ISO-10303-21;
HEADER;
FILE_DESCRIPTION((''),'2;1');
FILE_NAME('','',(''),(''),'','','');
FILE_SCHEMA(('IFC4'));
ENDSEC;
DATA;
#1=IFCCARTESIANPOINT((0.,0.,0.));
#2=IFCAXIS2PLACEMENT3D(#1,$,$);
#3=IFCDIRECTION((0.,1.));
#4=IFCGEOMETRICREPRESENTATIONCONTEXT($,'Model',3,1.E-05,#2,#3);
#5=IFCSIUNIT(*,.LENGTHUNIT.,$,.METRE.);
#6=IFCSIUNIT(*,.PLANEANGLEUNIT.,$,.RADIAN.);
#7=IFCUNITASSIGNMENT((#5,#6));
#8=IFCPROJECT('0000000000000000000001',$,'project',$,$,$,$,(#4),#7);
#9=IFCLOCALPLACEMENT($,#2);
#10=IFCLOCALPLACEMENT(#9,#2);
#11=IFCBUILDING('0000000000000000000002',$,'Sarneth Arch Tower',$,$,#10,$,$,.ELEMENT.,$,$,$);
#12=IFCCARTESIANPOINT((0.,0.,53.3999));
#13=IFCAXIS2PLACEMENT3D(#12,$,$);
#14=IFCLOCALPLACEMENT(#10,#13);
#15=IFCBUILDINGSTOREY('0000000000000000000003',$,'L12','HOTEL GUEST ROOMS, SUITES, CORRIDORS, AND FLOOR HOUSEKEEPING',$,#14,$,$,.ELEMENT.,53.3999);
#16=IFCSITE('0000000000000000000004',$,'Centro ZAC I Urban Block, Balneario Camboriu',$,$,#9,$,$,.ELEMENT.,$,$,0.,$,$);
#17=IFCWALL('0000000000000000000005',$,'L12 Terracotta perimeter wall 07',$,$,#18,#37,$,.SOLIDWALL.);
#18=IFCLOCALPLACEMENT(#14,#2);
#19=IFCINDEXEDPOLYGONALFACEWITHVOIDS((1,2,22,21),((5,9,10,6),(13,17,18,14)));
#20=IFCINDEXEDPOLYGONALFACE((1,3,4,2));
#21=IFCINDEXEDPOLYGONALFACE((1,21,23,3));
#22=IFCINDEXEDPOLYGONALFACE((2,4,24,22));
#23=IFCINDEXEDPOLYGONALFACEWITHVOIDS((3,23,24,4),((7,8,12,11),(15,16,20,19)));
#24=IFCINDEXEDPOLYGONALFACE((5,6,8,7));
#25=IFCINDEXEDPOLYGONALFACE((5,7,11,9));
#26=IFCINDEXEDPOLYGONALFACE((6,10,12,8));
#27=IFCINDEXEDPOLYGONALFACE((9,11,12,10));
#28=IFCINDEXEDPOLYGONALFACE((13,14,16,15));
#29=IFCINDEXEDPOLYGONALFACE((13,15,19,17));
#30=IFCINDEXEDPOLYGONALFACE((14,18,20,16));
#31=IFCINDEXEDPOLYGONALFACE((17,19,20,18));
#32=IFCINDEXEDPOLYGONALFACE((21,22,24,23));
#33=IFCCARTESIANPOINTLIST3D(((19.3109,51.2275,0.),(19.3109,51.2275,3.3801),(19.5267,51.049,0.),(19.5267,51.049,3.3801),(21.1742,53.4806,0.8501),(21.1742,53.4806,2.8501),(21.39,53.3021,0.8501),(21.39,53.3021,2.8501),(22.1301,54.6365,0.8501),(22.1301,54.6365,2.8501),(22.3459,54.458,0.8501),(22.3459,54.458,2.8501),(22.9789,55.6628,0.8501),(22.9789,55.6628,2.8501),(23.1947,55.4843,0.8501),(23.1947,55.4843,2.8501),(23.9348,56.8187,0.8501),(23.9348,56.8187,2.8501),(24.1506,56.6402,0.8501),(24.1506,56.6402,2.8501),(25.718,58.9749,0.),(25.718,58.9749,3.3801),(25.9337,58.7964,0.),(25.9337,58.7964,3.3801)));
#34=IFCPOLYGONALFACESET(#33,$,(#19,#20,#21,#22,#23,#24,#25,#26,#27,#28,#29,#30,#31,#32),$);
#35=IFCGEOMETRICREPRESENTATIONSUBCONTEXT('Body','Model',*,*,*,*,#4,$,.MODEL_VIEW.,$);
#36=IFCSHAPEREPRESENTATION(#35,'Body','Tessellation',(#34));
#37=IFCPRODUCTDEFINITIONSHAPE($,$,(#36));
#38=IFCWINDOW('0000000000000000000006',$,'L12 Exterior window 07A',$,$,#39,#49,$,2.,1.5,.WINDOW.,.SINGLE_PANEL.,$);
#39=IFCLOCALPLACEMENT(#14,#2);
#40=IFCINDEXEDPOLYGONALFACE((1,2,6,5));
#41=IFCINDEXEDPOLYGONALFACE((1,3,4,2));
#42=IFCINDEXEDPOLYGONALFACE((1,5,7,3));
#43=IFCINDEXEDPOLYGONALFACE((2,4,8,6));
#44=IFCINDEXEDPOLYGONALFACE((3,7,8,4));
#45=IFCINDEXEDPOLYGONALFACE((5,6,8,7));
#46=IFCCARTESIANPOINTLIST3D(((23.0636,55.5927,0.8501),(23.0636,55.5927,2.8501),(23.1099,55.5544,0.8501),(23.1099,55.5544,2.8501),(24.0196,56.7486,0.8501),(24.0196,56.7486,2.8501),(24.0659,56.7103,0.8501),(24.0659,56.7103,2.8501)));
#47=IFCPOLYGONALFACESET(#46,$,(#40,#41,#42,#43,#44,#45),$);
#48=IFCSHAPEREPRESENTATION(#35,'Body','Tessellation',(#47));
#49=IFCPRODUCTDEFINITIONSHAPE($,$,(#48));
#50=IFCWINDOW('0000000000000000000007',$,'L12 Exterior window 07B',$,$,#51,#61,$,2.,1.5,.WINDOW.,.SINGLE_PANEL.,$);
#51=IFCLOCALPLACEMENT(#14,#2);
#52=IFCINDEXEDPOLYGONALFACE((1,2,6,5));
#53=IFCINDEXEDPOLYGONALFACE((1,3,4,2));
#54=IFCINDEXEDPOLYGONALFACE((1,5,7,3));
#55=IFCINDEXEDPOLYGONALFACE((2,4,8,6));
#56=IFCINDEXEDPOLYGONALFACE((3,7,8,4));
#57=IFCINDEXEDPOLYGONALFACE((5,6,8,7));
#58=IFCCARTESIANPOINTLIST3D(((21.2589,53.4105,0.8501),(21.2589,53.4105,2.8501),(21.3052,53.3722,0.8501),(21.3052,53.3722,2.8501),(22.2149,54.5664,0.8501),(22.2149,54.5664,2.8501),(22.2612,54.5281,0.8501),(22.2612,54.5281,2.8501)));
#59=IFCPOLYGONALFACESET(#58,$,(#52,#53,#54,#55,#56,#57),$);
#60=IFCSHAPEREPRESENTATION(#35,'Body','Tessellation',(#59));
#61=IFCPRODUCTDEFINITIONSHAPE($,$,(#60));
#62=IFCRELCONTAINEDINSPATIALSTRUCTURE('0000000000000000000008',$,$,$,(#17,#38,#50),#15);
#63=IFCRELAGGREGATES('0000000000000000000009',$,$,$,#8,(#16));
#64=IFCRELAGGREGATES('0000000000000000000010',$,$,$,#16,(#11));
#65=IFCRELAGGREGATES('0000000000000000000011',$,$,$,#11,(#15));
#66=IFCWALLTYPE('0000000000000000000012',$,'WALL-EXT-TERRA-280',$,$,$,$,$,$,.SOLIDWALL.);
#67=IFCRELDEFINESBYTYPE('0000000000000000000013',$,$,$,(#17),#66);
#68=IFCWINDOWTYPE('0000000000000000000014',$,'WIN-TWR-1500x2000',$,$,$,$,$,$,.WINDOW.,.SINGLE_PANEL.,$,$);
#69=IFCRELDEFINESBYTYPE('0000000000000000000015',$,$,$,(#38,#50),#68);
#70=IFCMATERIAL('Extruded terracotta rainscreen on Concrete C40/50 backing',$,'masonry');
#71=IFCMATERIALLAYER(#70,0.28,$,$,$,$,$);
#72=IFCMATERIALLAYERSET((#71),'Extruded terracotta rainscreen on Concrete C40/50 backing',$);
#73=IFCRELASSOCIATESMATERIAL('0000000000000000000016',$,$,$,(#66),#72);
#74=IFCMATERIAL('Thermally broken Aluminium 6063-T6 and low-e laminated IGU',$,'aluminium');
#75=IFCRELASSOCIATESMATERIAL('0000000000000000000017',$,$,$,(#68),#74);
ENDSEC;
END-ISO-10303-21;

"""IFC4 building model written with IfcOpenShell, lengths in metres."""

from ifc_helpers import new_model, si_unit, direction, frame, frame_2d, origin, place, context, subcontext, project, spatial, rectangle, extrude, material, layer, layer_set, type_object, element, fill, save


model = new_model("IFC4")

# Units and contexts
model_context = context("Model", 3, precision=1e-05, world=origin(), true_north=direction((0.0, 1.0)))
body_context = subcontext(model_context, "Body", "Model", "MODEL_VIEW")
ifc_project = project(units=[si_unit("LENGTHUNIT", "METRE"), si_unit("PLANEANGLEUNIT", "RADIAN")], contexts=[model_context])

# Site, building, storey
site_placement = place(None, origin())
site = spatial("IfcSite", under=ifc_project, at=site_placement, Name="Centro ZAC I Urban Block, Balneario Camboriu", CompositionType="ELEMENT", RefElevation=0.0)
building_placement = place(site_placement, origin())
building = spatial("IfcBuilding", under=site, at=building_placement, Name="Sarneth Arch Tower", CompositionType="ELEMENT")
storey_placement = place(building_placement, frame((0.0, 0.0, 53.3999)))
storey = spatial("IfcBuildingStorey", under=building, at=storey_placement, Name="L12", Description="HOTEL GUEST ROOMS, SUITES, CORRIDORS, AND FLOOR HOUSEKEEPING", CompositionType="ELEMENT", Elevation=53.3999)

# Wall, openings, windows
ifc_material_1 = material(Name="Extruded terracotta rainscreen on Concrete C40/50 backing", Category="masonry")
ifc_layer_1 = layer(ifc_material_1, 0.28)
ifc_layer_set_1 = layer_set([ifc_layer_1], Name="Extruded terracotta rainscreen on Concrete C40/50 backing")
wall_type = type_object("IfcWallType", Name="WALL-EXT-TERRA-280", PredefinedType="SOLIDWALL", material=ifc_layer_set_1)
wall_placement = place(storey_placement, frame((25.8259, 58.8857, 0.0), z_axis=(0.0, 0.0, 1.0), x_axis=(-0.637297, -0.770618, 0.0)))
wall = element("IfcWall", 1, at=wall_placement, inside=storey, type_object=wall_type, Name="L12 Terracotta perimeter wall 07", PredefinedType="SOLIDWALL", context=body_context, shape_type="SweptSolid", body=[
    extrude(rectangle(XDim=10.0535, YDim=0.28, at=frame_2d((5.0269, 0.0))), origin(), (0.0, 0.0, 1.0), 3.3801),
])
opening_1_placement = place(wall_placement, frame((2.7981, 0.0, 0.8501)))
opening_1 = element("IfcOpeningElement", 2, at=opening_1_placement, cuts=wall, PredefinedType="OPENING", context=body_context, shape_type="SweptSolid", body=[
    extrude(rectangle(XDim=1.5, YDim=2.0, at=frame_2d((0.75, 1.0))), frame((0.0, 0.1499, 0.0), z_axis=(0.0, -1.0, 0.0), x_axis=(1.0, 0.0, 0.0)), (0.0, 0.0, 1.0), 0.3),
])
opening_2_placement = place(wall_placement, frame((5.6299, 0.0, 0.8501)))
opening_2 = element("IfcOpeningElement", 3, at=opening_2_placement, cuts=wall, PredefinedType="OPENING", context=body_context, shape_type="SweptSolid", body=[
    extrude(rectangle(XDim=1.5, YDim=2.0, at=frame_2d((0.75, 1.0))), frame((0.0, 0.1499, 0.0), z_axis=(0.0, -1.0, 0.0), x_axis=(1.0, 0.0, 0.0)), (0.0, 0.0, 1.0), 0.3),
])
ifc_material_2 = material(Name="Thermally broken Aluminium 6063-T6 and low-e laminated IGU", Category="aluminium")
window_type = type_object("IfcWindowType", Name="WIN-TWR-1500x2000", PartitioningType="SINGLE_PANEL", PredefinedType="WINDOW", material=ifc_material_2)
window_1_placement = place(opening_1_placement, origin())
window_1 = element("IfcWindow", 4, at=window_1_placement, inside=storey, type_object=window_type, Name="L12 Exterior window 07A", OverallHeight=2.0, OverallWidth=1.5, PartitioningType="SINGLE_PANEL", PredefinedType="WINDOW", context=body_context, shape_type="SweptSolid", body=[
    extrude(rectangle(XDim=1.5, YDim=2.0, at=frame_2d((0.75, 1.0))), frame((0.0, 0.03, 0.0), z_axis=(0.0, -1.0, 0.0), x_axis=(1.0, 0.0, 0.0)), (0.0, 0.0, 1.0), 0.0601),
])
fill(opening_1, window_1)
window_2_placement = place(opening_2_placement, origin())
window_2 = element("IfcWindow", 5, at=window_2_placement, inside=storey, type_object=window_type, Name="L12 Exterior window 07B", OverallHeight=2.0, OverallWidth=1.5, PartitioningType="SINGLE_PANEL", PredefinedType="WINDOW", context=body_context, shape_type="SweptSolid", body=[
    extrude(rectangle(XDim=1.5, YDim=2.0, at=frame_2d((0.75, 1.0))), frame((0.0, 0.03, 0.0), z_axis=(0.0, -1.0, 0.0), x_axis=(1.0, 0.0, 0.0)), (0.0, 0.0, 1.0), 0.0601),
])
fill(opening_2, window_2)

save(model, "model.ifc")
